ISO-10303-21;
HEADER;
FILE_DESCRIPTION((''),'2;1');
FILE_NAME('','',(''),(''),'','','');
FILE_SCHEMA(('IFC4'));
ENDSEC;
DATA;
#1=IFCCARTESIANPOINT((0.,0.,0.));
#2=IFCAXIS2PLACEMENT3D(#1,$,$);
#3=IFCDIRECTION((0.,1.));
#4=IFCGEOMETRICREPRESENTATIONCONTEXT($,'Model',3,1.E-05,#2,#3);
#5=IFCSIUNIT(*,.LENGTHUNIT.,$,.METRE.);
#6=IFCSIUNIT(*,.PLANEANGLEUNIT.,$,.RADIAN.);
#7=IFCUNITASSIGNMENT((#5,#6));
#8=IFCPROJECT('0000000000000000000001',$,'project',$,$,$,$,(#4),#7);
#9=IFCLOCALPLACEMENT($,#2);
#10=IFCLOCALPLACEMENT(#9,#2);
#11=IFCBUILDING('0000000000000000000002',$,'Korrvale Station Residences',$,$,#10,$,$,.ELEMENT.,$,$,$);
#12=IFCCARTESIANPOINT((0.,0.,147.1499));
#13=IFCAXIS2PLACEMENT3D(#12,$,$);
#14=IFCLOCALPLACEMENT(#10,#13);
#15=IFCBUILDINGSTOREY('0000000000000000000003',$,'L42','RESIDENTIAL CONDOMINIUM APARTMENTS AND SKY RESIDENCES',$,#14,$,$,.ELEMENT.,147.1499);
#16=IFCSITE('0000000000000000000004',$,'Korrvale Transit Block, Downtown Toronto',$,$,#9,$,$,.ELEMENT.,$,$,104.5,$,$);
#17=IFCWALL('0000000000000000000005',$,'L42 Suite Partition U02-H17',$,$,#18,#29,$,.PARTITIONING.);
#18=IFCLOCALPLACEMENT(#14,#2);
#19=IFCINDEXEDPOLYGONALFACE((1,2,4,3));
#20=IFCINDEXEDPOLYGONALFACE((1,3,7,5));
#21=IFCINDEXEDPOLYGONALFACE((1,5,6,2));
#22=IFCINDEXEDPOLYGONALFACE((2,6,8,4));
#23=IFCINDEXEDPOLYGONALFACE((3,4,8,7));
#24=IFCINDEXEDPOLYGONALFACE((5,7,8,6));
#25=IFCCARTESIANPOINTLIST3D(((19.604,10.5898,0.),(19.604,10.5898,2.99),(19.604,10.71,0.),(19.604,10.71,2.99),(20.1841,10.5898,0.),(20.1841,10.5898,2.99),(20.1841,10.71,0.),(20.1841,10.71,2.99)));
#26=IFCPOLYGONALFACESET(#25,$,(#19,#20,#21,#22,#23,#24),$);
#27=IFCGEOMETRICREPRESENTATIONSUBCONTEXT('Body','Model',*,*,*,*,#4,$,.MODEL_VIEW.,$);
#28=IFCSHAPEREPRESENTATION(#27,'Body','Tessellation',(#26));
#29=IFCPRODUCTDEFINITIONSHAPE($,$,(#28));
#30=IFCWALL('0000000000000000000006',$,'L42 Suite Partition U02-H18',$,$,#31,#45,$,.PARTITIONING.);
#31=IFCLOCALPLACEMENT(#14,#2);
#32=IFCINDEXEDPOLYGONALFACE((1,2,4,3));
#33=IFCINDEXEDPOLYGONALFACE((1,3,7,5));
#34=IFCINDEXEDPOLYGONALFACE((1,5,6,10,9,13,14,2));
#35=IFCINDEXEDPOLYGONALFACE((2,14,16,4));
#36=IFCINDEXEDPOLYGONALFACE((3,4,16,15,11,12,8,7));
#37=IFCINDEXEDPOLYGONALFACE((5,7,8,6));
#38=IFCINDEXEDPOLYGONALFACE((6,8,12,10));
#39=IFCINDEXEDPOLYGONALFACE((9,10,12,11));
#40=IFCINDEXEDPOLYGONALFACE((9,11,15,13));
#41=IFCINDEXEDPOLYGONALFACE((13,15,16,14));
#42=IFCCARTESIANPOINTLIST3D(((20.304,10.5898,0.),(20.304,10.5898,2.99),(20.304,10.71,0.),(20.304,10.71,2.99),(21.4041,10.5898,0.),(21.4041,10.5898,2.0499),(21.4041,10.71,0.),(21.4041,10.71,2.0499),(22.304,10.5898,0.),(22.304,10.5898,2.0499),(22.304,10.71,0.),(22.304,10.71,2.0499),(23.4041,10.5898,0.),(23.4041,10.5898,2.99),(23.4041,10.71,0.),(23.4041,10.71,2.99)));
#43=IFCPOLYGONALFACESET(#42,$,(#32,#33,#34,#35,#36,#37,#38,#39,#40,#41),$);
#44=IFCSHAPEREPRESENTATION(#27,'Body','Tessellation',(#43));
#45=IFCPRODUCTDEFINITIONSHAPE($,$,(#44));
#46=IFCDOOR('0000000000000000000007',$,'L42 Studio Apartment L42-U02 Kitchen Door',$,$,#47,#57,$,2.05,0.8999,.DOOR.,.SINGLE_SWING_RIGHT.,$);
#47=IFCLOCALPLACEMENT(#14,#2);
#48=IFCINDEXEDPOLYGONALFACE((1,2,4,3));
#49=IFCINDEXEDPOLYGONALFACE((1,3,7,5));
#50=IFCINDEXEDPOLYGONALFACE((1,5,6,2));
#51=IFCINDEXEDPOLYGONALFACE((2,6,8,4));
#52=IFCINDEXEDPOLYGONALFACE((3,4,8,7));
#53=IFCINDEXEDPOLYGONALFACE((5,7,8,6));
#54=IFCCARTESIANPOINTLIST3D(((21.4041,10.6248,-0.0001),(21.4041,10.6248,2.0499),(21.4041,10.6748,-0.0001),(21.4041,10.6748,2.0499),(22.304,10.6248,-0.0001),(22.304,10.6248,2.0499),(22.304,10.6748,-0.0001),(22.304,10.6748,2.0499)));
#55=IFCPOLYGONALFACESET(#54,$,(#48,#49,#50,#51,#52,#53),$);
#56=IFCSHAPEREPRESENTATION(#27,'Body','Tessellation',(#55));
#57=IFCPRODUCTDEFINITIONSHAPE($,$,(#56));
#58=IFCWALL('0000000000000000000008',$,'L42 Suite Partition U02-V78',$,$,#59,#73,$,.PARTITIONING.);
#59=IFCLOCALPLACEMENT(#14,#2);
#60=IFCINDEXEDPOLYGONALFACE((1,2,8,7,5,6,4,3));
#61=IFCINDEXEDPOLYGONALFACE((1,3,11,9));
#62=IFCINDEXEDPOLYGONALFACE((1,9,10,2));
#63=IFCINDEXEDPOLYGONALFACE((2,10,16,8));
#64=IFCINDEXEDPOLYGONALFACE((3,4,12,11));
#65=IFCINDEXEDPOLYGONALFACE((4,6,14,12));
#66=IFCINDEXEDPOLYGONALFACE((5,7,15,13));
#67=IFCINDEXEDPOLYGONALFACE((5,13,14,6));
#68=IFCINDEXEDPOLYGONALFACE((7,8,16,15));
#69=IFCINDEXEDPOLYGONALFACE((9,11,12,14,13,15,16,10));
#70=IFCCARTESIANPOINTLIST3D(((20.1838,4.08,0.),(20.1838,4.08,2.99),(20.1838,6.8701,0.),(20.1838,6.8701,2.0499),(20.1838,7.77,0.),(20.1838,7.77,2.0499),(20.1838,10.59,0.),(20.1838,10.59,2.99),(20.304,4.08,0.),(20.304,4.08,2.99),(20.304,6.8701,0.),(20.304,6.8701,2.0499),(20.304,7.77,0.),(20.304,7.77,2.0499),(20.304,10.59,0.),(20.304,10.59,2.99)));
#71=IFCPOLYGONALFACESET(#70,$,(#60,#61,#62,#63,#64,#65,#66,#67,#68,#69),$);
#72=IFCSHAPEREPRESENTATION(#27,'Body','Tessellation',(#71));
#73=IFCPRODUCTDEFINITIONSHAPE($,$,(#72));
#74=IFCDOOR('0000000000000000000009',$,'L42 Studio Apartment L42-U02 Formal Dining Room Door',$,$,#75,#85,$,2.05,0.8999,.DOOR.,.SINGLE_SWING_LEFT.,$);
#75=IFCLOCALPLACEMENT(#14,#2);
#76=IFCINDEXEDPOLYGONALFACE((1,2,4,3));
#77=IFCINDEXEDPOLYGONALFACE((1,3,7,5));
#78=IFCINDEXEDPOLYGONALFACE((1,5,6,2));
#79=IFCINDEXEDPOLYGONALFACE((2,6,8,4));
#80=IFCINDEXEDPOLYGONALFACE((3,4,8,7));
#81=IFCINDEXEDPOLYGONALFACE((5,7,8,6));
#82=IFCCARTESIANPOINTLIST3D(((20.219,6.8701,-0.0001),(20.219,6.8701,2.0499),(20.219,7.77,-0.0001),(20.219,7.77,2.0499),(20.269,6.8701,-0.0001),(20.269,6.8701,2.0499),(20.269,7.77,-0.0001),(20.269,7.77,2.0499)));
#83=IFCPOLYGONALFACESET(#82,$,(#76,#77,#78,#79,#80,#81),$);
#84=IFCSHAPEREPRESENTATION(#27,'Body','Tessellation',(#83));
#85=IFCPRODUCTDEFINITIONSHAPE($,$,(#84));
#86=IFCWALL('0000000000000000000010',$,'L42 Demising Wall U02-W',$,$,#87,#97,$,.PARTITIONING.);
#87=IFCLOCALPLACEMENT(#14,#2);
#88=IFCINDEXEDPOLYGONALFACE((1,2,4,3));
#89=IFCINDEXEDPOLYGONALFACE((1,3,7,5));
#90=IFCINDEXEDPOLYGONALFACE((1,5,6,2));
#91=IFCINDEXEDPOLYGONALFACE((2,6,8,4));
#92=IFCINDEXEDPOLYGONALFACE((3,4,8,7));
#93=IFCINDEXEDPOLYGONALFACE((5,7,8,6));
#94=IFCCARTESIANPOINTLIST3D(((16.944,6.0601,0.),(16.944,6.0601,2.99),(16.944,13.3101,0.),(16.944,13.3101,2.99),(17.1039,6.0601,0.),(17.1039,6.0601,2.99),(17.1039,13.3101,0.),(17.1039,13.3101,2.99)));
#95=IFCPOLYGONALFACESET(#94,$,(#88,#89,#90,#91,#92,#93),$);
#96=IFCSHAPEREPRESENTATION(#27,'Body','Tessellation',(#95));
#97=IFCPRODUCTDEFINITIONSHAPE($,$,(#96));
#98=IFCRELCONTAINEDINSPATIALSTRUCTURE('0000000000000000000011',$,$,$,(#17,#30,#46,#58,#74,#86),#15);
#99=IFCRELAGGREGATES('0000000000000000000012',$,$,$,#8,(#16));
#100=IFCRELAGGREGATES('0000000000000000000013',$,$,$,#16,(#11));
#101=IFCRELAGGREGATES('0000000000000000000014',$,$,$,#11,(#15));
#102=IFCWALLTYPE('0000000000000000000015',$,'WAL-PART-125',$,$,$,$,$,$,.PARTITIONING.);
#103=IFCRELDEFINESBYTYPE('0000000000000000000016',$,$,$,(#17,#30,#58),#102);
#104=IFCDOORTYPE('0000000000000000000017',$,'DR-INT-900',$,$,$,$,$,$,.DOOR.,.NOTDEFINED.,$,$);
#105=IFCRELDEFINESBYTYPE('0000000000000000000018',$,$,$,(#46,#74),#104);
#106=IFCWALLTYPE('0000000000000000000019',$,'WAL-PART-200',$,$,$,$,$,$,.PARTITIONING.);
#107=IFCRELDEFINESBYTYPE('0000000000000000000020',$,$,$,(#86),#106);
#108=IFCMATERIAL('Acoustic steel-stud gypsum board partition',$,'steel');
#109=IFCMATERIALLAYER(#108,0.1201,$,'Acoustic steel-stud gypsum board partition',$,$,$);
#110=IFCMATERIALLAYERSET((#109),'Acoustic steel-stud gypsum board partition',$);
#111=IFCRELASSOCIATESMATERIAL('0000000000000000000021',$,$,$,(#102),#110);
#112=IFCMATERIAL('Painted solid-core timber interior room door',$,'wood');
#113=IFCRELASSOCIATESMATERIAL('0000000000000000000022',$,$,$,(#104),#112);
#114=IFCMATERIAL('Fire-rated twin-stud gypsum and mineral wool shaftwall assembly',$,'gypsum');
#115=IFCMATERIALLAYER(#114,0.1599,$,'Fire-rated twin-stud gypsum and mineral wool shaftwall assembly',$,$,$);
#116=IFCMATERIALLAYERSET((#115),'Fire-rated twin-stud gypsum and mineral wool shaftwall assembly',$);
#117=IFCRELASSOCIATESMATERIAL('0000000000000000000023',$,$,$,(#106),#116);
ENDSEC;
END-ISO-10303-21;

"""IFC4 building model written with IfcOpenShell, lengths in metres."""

from ifc_helpers import new_model, si_unit, direction, frame, frame_2d, origin, place, context, subcontext, project, spatial, rectangle, extrude, material, layer, layer_set, type_object, element, fill, save


model = new_model("IFC4")

# Units and contexts
model_context = context("Model", 3, precision=1e-05, world=origin(), true_north=direction((0.0, 1.0)))
body_context = subcontext(model_context, "Body", "Model", "MODEL_VIEW")
ifc_project = project(units=[si_unit("LENGTHUNIT", "METRE"), si_unit("PLANEANGLEUNIT", "RADIAN")], contexts=[model_context])

# Site, building, storey
site_placement = place(None, origin())
site = spatial("IfcSite", under=ifc_project, at=site_placement, Name="Korrvale Transit Block, Downtown Toronto", CompositionType="ELEMENT", RefElevation=104.5)
building_placement = place(site_placement, origin())
building = spatial("IfcBuilding", under=site, at=building_placement, Name="Korrvale Station Residences", CompositionType="ELEMENT")
storey_placement = place(building_placement, frame((0.0, 0.0, 147.1499)))
storey = spatial("IfcBuildingStorey", under=building, at=storey_placement, Name="L42", Description="RESIDENTIAL CONDOMINIUM APARTMENTS AND SKY RESIDENCES", CompositionType="ELEMENT", Elevation=147.1499)

# Shared definitions
ifc_material_1 = material(Name="Acoustic steel-stud gypsum board partition", Category="steel")
ifc_layer_1 = layer(ifc_material_1, 0.1201, Name="Acoustic steel-stud gypsum board partition")
ifc_layer_set_1 = layer_set([ifc_layer_1], Name="Acoustic steel-stud gypsum board partition")
wall_type_1 = type_object("IfcWallType", Name="WAL-PART-125", PredefinedType="PARTITIONING", material=ifc_layer_set_1)

# Wall
wall_1_placement = place(storey_placement, frame((19.604, 10.6499, 0.0), z_axis=(0.0, 0.0, 1.0), x_axis=(1.0, 0.0, 0.0)))
element("IfcWall", 1, at=wall_1_placement, inside=storey, type_object=wall_type_1, Name="L42 Suite Partition U02-H17", PredefinedType="PARTITIONING", context=body_context, shape_type="SweptSolid", body=[
    extrude(rectangle(XDim=0.5801, YDim=0.1201, at=frame_2d((0.29, 0.0))), origin(), (0.0, 0.0, 1.0), 2.99),
])

# Walls, openings, doors
wall_2_placement = place(storey_placement, frame((20.304, 10.6499, 0.0), z_axis=(0.0, 0.0, 1.0), x_axis=(1.0, 0.0, 0.0)))
wall_2 = element("IfcWall", 2, at=wall_2_placement, inside=storey, type_object=wall_type_1, Name="L42 Suite Partition U02-H18", PredefinedType="PARTITIONING", context=body_context, shape_type="SweptSolid", body=[
    extrude(rectangle(XDim=3.1001, YDim=0.1201, at=frame_2d((1.55, 0.0))), origin(), (0.0, 0.0, 1.0), 2.99),
])
opening_1_placement = place(wall_2_placement, frame((1.1001, 0.0, 0.0)))
opening_1 = element("IfcOpeningElement", 3, at=opening_1_placement, cuts=wall_2, PredefinedType="OPENING", context=body_context, shape_type="SweptSolid", body=[
    extrude(rectangle(XDim=0.8999, YDim=2.05, at=frame_2d((0.45, 1.0249))), frame((0.0, 0.0701, 0.0), z_axis=(0.0, -1.0, 0.0), x_axis=(1.0, 0.0, 0.0)), (0.0, 0.0, 1.0), 0.1401),
])
ifc_material_2 = material(Name="Painted solid-core timber interior room door", Category="wood")
door_type_1 = type_object("IfcDoorType", Name="DR-INT-900", OperationType="NOTDEFINED", PredefinedType="DOOR", material=ifc_material_2)
door_1_placement = place(opening_1_placement, origin())
door_1 = element("IfcDoor", 4, at=door_1_placement, inside=storey, type_object=door_type_1, Name="L42 Studio Apartment L42-U02 Kitchen Door", OperationType="SINGLE_SWING_RIGHT", OverallHeight=2.05, OverallWidth=0.8999, PredefinedType="DOOR", context=body_context, shape_type="SweptSolid", body=[
    extrude(rectangle(XDim=0.8999, YDim=2.05, at=frame_2d((0.45, 1.0249))), frame((0.0, 0.0249, 0.0), z_axis=(0.0, -1.0, 0.0), x_axis=(1.0, 0.0, 0.0)), (0.0, 0.0, 1.0), 0.05),
])
fill(opening_1, door_1)
wall_3_placement = place(storey_placement, frame((20.2439, 4.0801, 0.0), z_axis=(0.0, 0.0, 1.0), x_axis=(0.0, 1.0, 0.0)))
wall_3 = element("IfcWall", 5, at=wall_3_placement, inside=storey, type_object=wall_type_1, Name="L42 Suite Partition U02-V78", PredefinedType="PARTITIONING", context=body_context, shape_type="SweptSolid", body=[
    extrude(rectangle(XDim=6.51, YDim=0.1201, at=frame_2d((3.2549, 0.0))), origin(), (0.0, 0.0, 1.0), 2.99),
])
opening_2_placement = place(wall_3_placement, frame((2.79, 0.0, 0.0)))
opening_2 = element("IfcOpeningElement", 6, at=opening_2_placement, cuts=wall_3, PredefinedType="OPENING", context=body_context, shape_type="SweptSolid", body=[
    extrude(rectangle(XDim=0.8999, YDim=2.05, at=frame_2d((0.45, 1.0249))), frame((0.0, 0.0701, 0.0), z_axis=(0.0, -1.0, 0.0), x_axis=(1.0, 0.0, 0.0)), (0.0, 0.0, 1.0), 0.1401),
])
door_2_placement = place(opening_2_placement, origin())
door_2 = element("IfcDoor", 7, at=door_2_placement, inside=storey, type_object=door_type_1, Name="L42 Studio Apartment L42-U02 Formal Dining Room Door", OperationType="SINGLE_SWING_LEFT", OverallHeight=2.05, OverallWidth=0.8999, PredefinedType="DOOR", context=body_context, shape_type="SweptSolid", body=[
    extrude(rectangle(XDim=0.8999, YDim=2.05, at=frame_2d((0.45, 1.0249))), frame((0.0, 0.0249, 0.0), z_axis=(0.0, -1.0, 0.0), x_axis=(1.0, 0.0, 0.0)), (0.0, 0.0, 1.0), 0.05),
])
fill(opening_2, door_2)

# Wall
ifc_material_3 = material(Name="Fire-rated twin-stud gypsum and mineral wool shaftwall assembly", Category="gypsum")
ifc_layer_2 = layer(ifc_material_3, 0.1599, Name="Fire-rated twin-stud gypsum and mineral wool shaftwall assembly")
ifc_layer_set_2 = layer_set([ifc_layer_2], Name="Fire-rated twin-stud gypsum and mineral wool shaftwall assembly")
wall_type_2 = type_object("IfcWallType", Name="WAL-PART-200", PredefinedType="PARTITIONING", material=ifc_layer_set_2)
wall_4_placement = place(storey_placement, frame((17.0239, 6.0601, 0.0), z_axis=(0.0, 0.0, 1.0), x_axis=(0.0, 1.0, 0.0)))
element("IfcWall", 8, at=wall_4_placement, inside=storey, type_object=wall_type_2, Name="L42 Demising Wall U02-W", PredefinedType="PARTITIONING", context=body_context, shape_type="SweptSolid", body=[
    extrude(rectangle(XDim=7.25, YDim=0.1599, at=frame_2d((3.625, 0.0))), origin(), (0.0, 0.0, 1.0), 2.99),
])

save(model, "model.ifc")
